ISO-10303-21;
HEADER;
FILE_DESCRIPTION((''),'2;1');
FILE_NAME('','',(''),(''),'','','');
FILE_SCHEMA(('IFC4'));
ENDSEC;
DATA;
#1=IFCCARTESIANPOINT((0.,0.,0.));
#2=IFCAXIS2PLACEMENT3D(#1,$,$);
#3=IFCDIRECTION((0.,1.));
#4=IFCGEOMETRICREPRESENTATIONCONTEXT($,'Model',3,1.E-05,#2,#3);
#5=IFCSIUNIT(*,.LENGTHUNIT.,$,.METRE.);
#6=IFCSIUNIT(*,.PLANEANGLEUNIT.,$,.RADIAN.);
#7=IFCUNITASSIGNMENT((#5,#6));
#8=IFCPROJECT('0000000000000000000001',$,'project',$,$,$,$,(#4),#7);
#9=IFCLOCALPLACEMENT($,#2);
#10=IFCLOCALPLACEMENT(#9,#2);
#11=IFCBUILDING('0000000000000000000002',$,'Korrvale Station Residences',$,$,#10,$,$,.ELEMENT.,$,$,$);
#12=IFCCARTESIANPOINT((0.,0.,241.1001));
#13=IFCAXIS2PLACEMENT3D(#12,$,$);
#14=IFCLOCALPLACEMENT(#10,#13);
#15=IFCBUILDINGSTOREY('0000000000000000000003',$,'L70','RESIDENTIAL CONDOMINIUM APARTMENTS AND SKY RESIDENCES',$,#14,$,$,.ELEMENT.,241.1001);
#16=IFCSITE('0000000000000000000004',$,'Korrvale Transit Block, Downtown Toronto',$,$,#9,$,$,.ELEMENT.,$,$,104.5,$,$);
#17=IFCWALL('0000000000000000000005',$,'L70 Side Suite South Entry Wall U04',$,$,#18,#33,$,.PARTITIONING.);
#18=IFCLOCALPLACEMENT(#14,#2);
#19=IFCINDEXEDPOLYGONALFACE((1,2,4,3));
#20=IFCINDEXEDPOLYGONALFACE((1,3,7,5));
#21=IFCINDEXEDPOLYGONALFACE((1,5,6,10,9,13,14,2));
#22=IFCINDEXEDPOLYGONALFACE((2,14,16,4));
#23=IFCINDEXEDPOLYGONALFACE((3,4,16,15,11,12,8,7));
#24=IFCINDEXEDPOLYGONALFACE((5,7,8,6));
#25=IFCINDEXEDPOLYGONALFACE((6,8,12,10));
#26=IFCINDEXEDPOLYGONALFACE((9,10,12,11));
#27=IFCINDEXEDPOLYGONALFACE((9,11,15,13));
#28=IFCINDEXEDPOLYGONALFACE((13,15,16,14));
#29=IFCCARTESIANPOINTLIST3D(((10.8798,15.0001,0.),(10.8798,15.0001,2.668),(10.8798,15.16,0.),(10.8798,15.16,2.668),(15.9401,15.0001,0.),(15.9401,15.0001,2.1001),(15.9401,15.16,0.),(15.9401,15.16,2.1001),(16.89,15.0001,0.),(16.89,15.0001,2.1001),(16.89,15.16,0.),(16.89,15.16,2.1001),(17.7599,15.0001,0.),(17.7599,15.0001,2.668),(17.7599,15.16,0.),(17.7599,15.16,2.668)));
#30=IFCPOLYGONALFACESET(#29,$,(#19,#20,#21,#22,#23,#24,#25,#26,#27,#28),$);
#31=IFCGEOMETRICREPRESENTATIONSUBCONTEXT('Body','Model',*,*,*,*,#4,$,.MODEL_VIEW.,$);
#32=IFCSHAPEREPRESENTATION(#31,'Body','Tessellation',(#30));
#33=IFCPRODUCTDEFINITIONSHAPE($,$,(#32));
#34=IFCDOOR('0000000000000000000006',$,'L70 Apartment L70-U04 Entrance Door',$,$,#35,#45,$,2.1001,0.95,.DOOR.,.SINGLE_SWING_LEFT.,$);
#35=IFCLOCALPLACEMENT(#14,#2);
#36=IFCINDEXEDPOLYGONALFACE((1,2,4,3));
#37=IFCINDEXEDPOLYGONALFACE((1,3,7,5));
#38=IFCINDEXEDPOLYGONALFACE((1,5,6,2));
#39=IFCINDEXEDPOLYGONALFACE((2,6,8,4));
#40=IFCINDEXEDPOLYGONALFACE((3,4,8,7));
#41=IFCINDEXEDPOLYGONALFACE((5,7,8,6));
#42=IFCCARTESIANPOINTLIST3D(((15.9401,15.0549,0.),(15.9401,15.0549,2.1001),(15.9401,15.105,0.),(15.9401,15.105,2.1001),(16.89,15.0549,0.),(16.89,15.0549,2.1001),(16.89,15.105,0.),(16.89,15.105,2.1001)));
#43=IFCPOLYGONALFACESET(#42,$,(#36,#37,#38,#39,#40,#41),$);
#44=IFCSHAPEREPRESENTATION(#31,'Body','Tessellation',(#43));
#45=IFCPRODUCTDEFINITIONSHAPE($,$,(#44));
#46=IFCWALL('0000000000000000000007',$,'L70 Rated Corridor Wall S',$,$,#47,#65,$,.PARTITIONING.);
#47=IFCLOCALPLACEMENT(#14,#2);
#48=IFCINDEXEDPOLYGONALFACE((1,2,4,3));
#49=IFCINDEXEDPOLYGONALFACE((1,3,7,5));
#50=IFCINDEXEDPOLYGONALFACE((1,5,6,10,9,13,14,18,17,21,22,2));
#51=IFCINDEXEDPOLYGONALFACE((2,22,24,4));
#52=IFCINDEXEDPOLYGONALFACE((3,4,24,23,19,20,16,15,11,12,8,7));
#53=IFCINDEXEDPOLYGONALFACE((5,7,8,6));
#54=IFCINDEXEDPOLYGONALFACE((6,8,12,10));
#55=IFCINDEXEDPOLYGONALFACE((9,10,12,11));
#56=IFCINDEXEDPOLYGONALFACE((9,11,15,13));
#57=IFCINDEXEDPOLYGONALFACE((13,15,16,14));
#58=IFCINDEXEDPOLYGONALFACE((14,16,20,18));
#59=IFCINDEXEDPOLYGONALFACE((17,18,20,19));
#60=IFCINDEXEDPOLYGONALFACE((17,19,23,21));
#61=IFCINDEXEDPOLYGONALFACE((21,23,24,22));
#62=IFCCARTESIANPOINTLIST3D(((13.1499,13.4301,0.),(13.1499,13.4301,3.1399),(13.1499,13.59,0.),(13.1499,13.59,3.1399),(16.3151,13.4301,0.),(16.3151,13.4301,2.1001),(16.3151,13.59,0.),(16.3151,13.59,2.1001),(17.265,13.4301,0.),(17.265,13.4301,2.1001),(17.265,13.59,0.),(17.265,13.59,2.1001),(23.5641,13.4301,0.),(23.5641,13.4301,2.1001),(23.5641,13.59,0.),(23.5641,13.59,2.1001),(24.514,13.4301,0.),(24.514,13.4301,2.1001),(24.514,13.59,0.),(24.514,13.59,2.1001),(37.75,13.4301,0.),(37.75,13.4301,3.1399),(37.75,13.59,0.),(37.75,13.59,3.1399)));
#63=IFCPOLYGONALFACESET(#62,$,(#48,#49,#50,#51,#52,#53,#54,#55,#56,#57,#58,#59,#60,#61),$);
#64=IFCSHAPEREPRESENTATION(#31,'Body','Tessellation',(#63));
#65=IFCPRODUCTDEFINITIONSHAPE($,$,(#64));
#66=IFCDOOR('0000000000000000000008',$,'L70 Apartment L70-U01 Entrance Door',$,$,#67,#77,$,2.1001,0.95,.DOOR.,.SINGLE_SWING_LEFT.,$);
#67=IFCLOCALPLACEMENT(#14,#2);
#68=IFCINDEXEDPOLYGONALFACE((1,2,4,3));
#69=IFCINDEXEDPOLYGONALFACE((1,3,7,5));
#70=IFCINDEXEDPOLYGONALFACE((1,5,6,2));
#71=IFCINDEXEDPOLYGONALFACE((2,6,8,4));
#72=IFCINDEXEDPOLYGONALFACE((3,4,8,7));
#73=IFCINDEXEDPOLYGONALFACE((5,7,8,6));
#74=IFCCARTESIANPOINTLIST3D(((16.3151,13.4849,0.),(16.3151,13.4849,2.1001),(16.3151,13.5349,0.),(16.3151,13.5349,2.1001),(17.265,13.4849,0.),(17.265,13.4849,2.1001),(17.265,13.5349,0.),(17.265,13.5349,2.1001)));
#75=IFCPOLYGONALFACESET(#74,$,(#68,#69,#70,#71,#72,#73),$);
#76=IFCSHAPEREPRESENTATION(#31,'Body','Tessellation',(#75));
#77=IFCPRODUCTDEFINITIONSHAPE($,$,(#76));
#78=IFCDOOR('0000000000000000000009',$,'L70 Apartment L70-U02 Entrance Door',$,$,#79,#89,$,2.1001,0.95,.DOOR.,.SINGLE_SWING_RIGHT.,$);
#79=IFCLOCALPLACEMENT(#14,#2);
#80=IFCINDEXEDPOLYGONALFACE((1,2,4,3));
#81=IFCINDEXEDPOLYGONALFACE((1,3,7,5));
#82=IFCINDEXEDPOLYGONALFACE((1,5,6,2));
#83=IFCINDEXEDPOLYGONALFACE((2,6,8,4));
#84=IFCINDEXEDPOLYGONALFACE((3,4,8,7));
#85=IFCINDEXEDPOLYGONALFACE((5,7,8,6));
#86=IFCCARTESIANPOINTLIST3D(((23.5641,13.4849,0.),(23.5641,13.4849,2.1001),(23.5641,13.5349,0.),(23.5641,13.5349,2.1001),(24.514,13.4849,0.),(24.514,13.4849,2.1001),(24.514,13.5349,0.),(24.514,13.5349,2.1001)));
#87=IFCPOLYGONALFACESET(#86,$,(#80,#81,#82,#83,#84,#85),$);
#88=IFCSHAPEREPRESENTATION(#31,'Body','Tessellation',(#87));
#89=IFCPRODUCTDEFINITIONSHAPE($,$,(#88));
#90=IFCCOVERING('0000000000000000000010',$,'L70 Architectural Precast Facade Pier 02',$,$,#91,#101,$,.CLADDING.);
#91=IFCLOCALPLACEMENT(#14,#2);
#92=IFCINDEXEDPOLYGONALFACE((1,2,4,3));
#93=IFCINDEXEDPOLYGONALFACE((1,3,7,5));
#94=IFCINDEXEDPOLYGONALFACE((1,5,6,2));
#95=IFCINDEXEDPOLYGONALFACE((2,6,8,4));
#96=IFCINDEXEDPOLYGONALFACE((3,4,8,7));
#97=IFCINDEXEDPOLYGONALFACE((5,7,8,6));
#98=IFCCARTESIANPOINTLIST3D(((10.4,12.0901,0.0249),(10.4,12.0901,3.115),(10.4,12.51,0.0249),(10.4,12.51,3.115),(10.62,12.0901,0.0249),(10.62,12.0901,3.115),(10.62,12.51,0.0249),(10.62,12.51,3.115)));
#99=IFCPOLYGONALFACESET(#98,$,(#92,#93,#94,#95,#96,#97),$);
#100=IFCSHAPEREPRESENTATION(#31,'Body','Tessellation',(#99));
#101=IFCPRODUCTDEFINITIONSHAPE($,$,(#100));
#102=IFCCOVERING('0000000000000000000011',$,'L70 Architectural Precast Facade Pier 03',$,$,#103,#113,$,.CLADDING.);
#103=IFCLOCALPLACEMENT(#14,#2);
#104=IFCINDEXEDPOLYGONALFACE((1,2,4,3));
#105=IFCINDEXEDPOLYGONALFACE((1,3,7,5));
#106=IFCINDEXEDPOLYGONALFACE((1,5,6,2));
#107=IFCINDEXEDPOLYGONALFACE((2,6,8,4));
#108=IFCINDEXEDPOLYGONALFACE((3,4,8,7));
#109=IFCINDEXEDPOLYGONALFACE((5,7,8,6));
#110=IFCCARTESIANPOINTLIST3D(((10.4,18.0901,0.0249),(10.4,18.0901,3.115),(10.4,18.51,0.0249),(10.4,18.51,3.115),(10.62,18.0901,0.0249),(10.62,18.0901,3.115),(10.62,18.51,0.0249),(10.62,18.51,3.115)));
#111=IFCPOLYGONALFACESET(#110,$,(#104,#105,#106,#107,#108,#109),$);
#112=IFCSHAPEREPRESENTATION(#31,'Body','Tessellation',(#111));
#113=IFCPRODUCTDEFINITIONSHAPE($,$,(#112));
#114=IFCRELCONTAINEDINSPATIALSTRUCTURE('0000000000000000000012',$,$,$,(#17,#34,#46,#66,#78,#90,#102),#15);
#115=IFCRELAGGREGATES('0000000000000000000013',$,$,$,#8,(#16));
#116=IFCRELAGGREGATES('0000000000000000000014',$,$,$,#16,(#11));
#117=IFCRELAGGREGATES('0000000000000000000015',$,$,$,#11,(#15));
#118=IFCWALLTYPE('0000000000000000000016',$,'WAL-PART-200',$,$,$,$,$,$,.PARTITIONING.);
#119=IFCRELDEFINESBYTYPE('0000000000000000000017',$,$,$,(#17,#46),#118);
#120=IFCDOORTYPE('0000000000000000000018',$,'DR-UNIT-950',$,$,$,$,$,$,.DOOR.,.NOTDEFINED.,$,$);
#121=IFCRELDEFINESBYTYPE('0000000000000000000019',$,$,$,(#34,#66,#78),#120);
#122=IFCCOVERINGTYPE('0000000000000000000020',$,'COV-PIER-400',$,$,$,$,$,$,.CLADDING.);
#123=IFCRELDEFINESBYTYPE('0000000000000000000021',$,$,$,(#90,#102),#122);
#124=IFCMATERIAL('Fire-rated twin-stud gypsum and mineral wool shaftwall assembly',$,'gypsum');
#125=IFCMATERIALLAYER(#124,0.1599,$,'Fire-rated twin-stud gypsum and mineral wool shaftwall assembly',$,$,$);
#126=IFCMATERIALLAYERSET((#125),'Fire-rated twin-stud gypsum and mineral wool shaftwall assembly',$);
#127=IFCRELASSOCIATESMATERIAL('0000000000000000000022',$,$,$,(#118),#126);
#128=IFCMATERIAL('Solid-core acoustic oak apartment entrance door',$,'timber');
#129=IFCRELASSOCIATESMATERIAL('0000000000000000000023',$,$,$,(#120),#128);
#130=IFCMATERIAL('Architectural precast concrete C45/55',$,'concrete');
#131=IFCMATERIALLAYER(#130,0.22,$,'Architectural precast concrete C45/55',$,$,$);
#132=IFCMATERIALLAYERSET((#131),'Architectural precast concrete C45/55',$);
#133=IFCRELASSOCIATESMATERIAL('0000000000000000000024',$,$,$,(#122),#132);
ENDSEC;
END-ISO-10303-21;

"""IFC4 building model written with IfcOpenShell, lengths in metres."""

from ifc_helpers import new_model, si_unit, direction, frame, frame_2d, origin, origin_2d, place, context, subcontext, project, spatial, rectangle, extrude, material, layer, layer_set, type_object, element, fill, save


model = new_model("IFC4")

# Units and contexts
model_context = context("Model", 3, precision=1e-05, world=origin(), true_north=direction((0.0, 1.0)))
body_context = subcontext(model_context, "Body", "Model", "MODEL_VIEW")
ifc_project = project(units=[si_unit("LENGTHUNIT", "METRE"), si_unit("PLANEANGLEUNIT", "RADIAN")], contexts=[model_context])

# Site, building, storey
site_placement = place(None, origin())
site = spatial("IfcSite", under=ifc_project, at=site_placement, Name="Korrvale Transit Block, Downtown Toronto", CompositionType="ELEMENT", RefElevation=104.5)
building_placement = place(site_placement, origin())
building = spatial("IfcBuilding", under=site, at=building_placement, Name="Korrvale Station Residences", CompositionType="ELEMENT")
storey_placement = place(building_placement, frame((0.0, 0.0, 241.1001)))
storey = spatial("IfcBuildingStorey", under=building, at=storey_placement, Name="L70", Description="RESIDENTIAL CONDOMINIUM APARTMENTS AND SKY RESIDENCES", CompositionType="ELEMENT", Elevation=241.1001)

# Shared definitions
ifc_material_1 = material(Name="Fire-rated twin-stud gypsum and mineral wool shaftwall assembly", Category="gypsum")
ifc_layer_1 = layer(ifc_material_1, 0.1599, Name="Fire-rated twin-stud gypsum and mineral wool shaftwall assembly")
ifc_layer_set_1 = layer_set([ifc_layer_1], Name="Fire-rated twin-stud gypsum and mineral wool shaftwall assembly")
wall_type_1 = type_object("IfcWallType", Name="WAL-PART-200", PredefinedType="PARTITIONING", material=ifc_layer_set_1)

# Wall, opening, door
wall_1_placement = place(storey_placement, frame((10.8799, 15.0801, 0.0), z_axis=(0.0, 0.0, 1.0), x_axis=(1.0, 0.0, 0.0)))
wall_1 = element("IfcWall", 1, at=wall_1_placement, inside=storey, type_object=wall_type_1, Name="L70 Side Suite South Entry Wall U04", PredefinedType="PARTITIONING", context=body_context, shape_type="SweptSolid", body=[
    extrude(rectangle(XDim=6.8801, YDim=0.1599, at=frame_2d((3.4399, 0.0))), origin(), (0.0, 0.0, 1.0), 2.668),
])
opening_1_placement = place(wall_1_placement, frame((5.0601, 0.0, 0.0)))
opening_1 = element("IfcOpeningElement", 2, at=opening_1_placement, cuts=wall_1, PredefinedType="OPENING", context=body_context, shape_type="SweptSolid", body=[
    extrude(rectangle(XDim=0.95, YDim=2.1001, at=frame_2d((0.4751, 1.05))), frame((0.0, 0.0898, 0.0), z_axis=(0.0, -1.0, 0.0), x_axis=(1.0, 0.0, 0.0)), (0.0, 0.0, 1.0), 0.1799),
])
ifc_material_2 = material(Name="Solid-core acoustic oak apartment entrance door", Category="timber")
door_type_1 = type_object("IfcDoorType", Name="DR-UNIT-950", OperationType="NOTDEFINED", PredefinedType="DOOR", material=ifc_material_2)
door_1_placement = place(opening_1_placement, origin())
door_1 = element("IfcDoor", 3, at=door_1_placement, inside=storey, type_object=door_type_1, Name="L70 Apartment L70-U04 Entrance Door", OperationType="SINGLE_SWING_LEFT", OverallHeight=2.1001, OverallWidth=0.95, PredefinedType="DOOR", context=body_context, shape_type="SweptSolid", body=[
    extrude(rectangle(XDim=0.95, YDim=2.1001, at=frame_2d((0.4751, 1.05))), frame((0.0, 0.0249, 0.0), z_axis=(0.0, -1.0, 0.0), x_axis=(1.0, 0.0, 0.0)), (0.0, 0.0, 1.0), 0.05),
])
fill(opening_1, door_1)

# Wall, openings, doors
wall_2_placement = place(storey_placement, frame((13.1499, 13.51, 0.0), z_axis=(0.0, 0.0, 1.0), x_axis=(1.0, 0.0, 0.0)))
wall_2 = element("IfcWall", 4, at=wall_2_placement, inside=storey, type_object=wall_type_1, Name="L70 Rated Corridor Wall S", PredefinedType="PARTITIONING", context=body_context, shape_type="SweptSolid", body=[
    extrude(rectangle(XDim=24.6001, YDim=0.1599, at=frame_2d((12.3, 0.0))), origin(), (0.0, 0.0, 1.0), 3.1399),
])
opening_2_placement = place(wall_2_placement, frame((3.165, 0.0, 0.0)))
opening_2 = element("IfcOpeningElement", 5, at=opening_2_placement, cuts=wall_2, PredefinedType="OPENING", context=body_context, shape_type="SweptSolid", body=[
    extrude(rectangle(XDim=0.95, YDim=2.1001, at=frame_2d((0.4751, 1.05))), frame((0.0, 0.0898, 0.0), z_axis=(0.0, -1.0, 0.0), x_axis=(1.0, 0.0, 0.0)), (0.0, 0.0, 1.0), 0.1799),
])
opening_3_placement = place(wall_2_placement, frame((10.4141, 0.0, 0.0)))
opening_3 = element("IfcOpeningElement", 6, at=opening_3_placement, cuts=wall_2, PredefinedType="OPENING", context=body_context, shape_type="SweptSolid", body=[
    extrude(rectangle(XDim=0.95, YDim=2.1001, at=frame_2d((0.4751, 1.05))), frame((0.0, 0.0898, 0.0), z_axis=(0.0, -1.0, 0.0), x_axis=(1.0, 0.0, 0.0)), (0.0, 0.0, 1.0), 0.1799),
])
door_2_placement = place(opening_2_placement, origin())
door_2 = element("IfcDoor", 7, at=door_2_placement, inside=storey, type_object=door_type_1, Name="L70 Apartment L70-U01 Entrance Door", OperationType="SINGLE_SWING_LEFT", OverallHeight=2.1001, OverallWidth=0.95, PredefinedType="DOOR", context=body_context, shape_type="SweptSolid", body=[
    extrude(rectangle(XDim=0.95, YDim=2.1001, at=frame_2d((0.4751, 1.05))), frame((0.0, 0.0249, 0.0), z_axis=(0.0, -1.0, 0.0), x_axis=(1.0, 0.0, 0.0)), (0.0, 0.0, 1.0), 0.05),
])
fill(opening_2, door_2)
door_3_placement = place(opening_3_placement, origin())
door_3 = element("IfcDoor", 8, at=door_3_placement, inside=storey, type_object=door_type_1, Name="L70 Apartment L70-U02 Entrance Door", OperationType="SINGLE_SWING_RIGHT", OverallHeight=2.1001, OverallWidth=0.95, PredefinedType="DOOR", context=body_context, shape_type="SweptSolid", body=[
    extrude(rectangle(XDim=0.95, YDim=2.1001, at=frame_2d((0.4751, 1.05))), frame((0.0, 0.0249, 0.0), z_axis=(0.0, -1.0, 0.0), x_axis=(1.0, 0.0, 0.0)), (0.0, 0.0, 1.0), 0.05),
])
fill(opening_3, door_3)

# Coverings
ifc_material_3 = material(Name="Architectural precast concrete C45/55", Category="concrete")
ifc_layer_2 = layer(ifc_material_3, 0.22, Name="Architectural precast concrete C45/55")
ifc_layer_set_2 = layer_set([ifc_layer_2], Name="Architectural precast concrete C45/55")
covering_type = type_object("IfcCoveringType", Name="COV-PIER-400", PredefinedType="CLADDING", material=ifc_layer_set_2)
for number, where, z_axis, x_axis, name in (
    (9, (10.51, 12.3, 0.0249), (0.0, 0.0, 1.0), (0.0, 1.0, 0.0), "L70 Architectural Precast Facade Pier 02"),
    (10, (10.51, 18.3, 0.0249), (0.0, 0.0, 1.0), (0.0, 1.0, 0.0), "L70 Architectural Precast Facade Pier 03"),
):
    element("IfcCovering", number, at=place(storey_placement, frame(where, z_axis=z_axis, x_axis=x_axis)), inside=storey, type_object=covering_type, Name=name, PredefinedType="CLADDING", context=body_context, shape_type="SweptSolid", body=[
        extrude(rectangle(XDim=0.4199, YDim=0.22, at=origin_2d()), origin(), (0.0, 0.0, 1.0), 3.0901),
    ])

save(model, "model.ifc")
